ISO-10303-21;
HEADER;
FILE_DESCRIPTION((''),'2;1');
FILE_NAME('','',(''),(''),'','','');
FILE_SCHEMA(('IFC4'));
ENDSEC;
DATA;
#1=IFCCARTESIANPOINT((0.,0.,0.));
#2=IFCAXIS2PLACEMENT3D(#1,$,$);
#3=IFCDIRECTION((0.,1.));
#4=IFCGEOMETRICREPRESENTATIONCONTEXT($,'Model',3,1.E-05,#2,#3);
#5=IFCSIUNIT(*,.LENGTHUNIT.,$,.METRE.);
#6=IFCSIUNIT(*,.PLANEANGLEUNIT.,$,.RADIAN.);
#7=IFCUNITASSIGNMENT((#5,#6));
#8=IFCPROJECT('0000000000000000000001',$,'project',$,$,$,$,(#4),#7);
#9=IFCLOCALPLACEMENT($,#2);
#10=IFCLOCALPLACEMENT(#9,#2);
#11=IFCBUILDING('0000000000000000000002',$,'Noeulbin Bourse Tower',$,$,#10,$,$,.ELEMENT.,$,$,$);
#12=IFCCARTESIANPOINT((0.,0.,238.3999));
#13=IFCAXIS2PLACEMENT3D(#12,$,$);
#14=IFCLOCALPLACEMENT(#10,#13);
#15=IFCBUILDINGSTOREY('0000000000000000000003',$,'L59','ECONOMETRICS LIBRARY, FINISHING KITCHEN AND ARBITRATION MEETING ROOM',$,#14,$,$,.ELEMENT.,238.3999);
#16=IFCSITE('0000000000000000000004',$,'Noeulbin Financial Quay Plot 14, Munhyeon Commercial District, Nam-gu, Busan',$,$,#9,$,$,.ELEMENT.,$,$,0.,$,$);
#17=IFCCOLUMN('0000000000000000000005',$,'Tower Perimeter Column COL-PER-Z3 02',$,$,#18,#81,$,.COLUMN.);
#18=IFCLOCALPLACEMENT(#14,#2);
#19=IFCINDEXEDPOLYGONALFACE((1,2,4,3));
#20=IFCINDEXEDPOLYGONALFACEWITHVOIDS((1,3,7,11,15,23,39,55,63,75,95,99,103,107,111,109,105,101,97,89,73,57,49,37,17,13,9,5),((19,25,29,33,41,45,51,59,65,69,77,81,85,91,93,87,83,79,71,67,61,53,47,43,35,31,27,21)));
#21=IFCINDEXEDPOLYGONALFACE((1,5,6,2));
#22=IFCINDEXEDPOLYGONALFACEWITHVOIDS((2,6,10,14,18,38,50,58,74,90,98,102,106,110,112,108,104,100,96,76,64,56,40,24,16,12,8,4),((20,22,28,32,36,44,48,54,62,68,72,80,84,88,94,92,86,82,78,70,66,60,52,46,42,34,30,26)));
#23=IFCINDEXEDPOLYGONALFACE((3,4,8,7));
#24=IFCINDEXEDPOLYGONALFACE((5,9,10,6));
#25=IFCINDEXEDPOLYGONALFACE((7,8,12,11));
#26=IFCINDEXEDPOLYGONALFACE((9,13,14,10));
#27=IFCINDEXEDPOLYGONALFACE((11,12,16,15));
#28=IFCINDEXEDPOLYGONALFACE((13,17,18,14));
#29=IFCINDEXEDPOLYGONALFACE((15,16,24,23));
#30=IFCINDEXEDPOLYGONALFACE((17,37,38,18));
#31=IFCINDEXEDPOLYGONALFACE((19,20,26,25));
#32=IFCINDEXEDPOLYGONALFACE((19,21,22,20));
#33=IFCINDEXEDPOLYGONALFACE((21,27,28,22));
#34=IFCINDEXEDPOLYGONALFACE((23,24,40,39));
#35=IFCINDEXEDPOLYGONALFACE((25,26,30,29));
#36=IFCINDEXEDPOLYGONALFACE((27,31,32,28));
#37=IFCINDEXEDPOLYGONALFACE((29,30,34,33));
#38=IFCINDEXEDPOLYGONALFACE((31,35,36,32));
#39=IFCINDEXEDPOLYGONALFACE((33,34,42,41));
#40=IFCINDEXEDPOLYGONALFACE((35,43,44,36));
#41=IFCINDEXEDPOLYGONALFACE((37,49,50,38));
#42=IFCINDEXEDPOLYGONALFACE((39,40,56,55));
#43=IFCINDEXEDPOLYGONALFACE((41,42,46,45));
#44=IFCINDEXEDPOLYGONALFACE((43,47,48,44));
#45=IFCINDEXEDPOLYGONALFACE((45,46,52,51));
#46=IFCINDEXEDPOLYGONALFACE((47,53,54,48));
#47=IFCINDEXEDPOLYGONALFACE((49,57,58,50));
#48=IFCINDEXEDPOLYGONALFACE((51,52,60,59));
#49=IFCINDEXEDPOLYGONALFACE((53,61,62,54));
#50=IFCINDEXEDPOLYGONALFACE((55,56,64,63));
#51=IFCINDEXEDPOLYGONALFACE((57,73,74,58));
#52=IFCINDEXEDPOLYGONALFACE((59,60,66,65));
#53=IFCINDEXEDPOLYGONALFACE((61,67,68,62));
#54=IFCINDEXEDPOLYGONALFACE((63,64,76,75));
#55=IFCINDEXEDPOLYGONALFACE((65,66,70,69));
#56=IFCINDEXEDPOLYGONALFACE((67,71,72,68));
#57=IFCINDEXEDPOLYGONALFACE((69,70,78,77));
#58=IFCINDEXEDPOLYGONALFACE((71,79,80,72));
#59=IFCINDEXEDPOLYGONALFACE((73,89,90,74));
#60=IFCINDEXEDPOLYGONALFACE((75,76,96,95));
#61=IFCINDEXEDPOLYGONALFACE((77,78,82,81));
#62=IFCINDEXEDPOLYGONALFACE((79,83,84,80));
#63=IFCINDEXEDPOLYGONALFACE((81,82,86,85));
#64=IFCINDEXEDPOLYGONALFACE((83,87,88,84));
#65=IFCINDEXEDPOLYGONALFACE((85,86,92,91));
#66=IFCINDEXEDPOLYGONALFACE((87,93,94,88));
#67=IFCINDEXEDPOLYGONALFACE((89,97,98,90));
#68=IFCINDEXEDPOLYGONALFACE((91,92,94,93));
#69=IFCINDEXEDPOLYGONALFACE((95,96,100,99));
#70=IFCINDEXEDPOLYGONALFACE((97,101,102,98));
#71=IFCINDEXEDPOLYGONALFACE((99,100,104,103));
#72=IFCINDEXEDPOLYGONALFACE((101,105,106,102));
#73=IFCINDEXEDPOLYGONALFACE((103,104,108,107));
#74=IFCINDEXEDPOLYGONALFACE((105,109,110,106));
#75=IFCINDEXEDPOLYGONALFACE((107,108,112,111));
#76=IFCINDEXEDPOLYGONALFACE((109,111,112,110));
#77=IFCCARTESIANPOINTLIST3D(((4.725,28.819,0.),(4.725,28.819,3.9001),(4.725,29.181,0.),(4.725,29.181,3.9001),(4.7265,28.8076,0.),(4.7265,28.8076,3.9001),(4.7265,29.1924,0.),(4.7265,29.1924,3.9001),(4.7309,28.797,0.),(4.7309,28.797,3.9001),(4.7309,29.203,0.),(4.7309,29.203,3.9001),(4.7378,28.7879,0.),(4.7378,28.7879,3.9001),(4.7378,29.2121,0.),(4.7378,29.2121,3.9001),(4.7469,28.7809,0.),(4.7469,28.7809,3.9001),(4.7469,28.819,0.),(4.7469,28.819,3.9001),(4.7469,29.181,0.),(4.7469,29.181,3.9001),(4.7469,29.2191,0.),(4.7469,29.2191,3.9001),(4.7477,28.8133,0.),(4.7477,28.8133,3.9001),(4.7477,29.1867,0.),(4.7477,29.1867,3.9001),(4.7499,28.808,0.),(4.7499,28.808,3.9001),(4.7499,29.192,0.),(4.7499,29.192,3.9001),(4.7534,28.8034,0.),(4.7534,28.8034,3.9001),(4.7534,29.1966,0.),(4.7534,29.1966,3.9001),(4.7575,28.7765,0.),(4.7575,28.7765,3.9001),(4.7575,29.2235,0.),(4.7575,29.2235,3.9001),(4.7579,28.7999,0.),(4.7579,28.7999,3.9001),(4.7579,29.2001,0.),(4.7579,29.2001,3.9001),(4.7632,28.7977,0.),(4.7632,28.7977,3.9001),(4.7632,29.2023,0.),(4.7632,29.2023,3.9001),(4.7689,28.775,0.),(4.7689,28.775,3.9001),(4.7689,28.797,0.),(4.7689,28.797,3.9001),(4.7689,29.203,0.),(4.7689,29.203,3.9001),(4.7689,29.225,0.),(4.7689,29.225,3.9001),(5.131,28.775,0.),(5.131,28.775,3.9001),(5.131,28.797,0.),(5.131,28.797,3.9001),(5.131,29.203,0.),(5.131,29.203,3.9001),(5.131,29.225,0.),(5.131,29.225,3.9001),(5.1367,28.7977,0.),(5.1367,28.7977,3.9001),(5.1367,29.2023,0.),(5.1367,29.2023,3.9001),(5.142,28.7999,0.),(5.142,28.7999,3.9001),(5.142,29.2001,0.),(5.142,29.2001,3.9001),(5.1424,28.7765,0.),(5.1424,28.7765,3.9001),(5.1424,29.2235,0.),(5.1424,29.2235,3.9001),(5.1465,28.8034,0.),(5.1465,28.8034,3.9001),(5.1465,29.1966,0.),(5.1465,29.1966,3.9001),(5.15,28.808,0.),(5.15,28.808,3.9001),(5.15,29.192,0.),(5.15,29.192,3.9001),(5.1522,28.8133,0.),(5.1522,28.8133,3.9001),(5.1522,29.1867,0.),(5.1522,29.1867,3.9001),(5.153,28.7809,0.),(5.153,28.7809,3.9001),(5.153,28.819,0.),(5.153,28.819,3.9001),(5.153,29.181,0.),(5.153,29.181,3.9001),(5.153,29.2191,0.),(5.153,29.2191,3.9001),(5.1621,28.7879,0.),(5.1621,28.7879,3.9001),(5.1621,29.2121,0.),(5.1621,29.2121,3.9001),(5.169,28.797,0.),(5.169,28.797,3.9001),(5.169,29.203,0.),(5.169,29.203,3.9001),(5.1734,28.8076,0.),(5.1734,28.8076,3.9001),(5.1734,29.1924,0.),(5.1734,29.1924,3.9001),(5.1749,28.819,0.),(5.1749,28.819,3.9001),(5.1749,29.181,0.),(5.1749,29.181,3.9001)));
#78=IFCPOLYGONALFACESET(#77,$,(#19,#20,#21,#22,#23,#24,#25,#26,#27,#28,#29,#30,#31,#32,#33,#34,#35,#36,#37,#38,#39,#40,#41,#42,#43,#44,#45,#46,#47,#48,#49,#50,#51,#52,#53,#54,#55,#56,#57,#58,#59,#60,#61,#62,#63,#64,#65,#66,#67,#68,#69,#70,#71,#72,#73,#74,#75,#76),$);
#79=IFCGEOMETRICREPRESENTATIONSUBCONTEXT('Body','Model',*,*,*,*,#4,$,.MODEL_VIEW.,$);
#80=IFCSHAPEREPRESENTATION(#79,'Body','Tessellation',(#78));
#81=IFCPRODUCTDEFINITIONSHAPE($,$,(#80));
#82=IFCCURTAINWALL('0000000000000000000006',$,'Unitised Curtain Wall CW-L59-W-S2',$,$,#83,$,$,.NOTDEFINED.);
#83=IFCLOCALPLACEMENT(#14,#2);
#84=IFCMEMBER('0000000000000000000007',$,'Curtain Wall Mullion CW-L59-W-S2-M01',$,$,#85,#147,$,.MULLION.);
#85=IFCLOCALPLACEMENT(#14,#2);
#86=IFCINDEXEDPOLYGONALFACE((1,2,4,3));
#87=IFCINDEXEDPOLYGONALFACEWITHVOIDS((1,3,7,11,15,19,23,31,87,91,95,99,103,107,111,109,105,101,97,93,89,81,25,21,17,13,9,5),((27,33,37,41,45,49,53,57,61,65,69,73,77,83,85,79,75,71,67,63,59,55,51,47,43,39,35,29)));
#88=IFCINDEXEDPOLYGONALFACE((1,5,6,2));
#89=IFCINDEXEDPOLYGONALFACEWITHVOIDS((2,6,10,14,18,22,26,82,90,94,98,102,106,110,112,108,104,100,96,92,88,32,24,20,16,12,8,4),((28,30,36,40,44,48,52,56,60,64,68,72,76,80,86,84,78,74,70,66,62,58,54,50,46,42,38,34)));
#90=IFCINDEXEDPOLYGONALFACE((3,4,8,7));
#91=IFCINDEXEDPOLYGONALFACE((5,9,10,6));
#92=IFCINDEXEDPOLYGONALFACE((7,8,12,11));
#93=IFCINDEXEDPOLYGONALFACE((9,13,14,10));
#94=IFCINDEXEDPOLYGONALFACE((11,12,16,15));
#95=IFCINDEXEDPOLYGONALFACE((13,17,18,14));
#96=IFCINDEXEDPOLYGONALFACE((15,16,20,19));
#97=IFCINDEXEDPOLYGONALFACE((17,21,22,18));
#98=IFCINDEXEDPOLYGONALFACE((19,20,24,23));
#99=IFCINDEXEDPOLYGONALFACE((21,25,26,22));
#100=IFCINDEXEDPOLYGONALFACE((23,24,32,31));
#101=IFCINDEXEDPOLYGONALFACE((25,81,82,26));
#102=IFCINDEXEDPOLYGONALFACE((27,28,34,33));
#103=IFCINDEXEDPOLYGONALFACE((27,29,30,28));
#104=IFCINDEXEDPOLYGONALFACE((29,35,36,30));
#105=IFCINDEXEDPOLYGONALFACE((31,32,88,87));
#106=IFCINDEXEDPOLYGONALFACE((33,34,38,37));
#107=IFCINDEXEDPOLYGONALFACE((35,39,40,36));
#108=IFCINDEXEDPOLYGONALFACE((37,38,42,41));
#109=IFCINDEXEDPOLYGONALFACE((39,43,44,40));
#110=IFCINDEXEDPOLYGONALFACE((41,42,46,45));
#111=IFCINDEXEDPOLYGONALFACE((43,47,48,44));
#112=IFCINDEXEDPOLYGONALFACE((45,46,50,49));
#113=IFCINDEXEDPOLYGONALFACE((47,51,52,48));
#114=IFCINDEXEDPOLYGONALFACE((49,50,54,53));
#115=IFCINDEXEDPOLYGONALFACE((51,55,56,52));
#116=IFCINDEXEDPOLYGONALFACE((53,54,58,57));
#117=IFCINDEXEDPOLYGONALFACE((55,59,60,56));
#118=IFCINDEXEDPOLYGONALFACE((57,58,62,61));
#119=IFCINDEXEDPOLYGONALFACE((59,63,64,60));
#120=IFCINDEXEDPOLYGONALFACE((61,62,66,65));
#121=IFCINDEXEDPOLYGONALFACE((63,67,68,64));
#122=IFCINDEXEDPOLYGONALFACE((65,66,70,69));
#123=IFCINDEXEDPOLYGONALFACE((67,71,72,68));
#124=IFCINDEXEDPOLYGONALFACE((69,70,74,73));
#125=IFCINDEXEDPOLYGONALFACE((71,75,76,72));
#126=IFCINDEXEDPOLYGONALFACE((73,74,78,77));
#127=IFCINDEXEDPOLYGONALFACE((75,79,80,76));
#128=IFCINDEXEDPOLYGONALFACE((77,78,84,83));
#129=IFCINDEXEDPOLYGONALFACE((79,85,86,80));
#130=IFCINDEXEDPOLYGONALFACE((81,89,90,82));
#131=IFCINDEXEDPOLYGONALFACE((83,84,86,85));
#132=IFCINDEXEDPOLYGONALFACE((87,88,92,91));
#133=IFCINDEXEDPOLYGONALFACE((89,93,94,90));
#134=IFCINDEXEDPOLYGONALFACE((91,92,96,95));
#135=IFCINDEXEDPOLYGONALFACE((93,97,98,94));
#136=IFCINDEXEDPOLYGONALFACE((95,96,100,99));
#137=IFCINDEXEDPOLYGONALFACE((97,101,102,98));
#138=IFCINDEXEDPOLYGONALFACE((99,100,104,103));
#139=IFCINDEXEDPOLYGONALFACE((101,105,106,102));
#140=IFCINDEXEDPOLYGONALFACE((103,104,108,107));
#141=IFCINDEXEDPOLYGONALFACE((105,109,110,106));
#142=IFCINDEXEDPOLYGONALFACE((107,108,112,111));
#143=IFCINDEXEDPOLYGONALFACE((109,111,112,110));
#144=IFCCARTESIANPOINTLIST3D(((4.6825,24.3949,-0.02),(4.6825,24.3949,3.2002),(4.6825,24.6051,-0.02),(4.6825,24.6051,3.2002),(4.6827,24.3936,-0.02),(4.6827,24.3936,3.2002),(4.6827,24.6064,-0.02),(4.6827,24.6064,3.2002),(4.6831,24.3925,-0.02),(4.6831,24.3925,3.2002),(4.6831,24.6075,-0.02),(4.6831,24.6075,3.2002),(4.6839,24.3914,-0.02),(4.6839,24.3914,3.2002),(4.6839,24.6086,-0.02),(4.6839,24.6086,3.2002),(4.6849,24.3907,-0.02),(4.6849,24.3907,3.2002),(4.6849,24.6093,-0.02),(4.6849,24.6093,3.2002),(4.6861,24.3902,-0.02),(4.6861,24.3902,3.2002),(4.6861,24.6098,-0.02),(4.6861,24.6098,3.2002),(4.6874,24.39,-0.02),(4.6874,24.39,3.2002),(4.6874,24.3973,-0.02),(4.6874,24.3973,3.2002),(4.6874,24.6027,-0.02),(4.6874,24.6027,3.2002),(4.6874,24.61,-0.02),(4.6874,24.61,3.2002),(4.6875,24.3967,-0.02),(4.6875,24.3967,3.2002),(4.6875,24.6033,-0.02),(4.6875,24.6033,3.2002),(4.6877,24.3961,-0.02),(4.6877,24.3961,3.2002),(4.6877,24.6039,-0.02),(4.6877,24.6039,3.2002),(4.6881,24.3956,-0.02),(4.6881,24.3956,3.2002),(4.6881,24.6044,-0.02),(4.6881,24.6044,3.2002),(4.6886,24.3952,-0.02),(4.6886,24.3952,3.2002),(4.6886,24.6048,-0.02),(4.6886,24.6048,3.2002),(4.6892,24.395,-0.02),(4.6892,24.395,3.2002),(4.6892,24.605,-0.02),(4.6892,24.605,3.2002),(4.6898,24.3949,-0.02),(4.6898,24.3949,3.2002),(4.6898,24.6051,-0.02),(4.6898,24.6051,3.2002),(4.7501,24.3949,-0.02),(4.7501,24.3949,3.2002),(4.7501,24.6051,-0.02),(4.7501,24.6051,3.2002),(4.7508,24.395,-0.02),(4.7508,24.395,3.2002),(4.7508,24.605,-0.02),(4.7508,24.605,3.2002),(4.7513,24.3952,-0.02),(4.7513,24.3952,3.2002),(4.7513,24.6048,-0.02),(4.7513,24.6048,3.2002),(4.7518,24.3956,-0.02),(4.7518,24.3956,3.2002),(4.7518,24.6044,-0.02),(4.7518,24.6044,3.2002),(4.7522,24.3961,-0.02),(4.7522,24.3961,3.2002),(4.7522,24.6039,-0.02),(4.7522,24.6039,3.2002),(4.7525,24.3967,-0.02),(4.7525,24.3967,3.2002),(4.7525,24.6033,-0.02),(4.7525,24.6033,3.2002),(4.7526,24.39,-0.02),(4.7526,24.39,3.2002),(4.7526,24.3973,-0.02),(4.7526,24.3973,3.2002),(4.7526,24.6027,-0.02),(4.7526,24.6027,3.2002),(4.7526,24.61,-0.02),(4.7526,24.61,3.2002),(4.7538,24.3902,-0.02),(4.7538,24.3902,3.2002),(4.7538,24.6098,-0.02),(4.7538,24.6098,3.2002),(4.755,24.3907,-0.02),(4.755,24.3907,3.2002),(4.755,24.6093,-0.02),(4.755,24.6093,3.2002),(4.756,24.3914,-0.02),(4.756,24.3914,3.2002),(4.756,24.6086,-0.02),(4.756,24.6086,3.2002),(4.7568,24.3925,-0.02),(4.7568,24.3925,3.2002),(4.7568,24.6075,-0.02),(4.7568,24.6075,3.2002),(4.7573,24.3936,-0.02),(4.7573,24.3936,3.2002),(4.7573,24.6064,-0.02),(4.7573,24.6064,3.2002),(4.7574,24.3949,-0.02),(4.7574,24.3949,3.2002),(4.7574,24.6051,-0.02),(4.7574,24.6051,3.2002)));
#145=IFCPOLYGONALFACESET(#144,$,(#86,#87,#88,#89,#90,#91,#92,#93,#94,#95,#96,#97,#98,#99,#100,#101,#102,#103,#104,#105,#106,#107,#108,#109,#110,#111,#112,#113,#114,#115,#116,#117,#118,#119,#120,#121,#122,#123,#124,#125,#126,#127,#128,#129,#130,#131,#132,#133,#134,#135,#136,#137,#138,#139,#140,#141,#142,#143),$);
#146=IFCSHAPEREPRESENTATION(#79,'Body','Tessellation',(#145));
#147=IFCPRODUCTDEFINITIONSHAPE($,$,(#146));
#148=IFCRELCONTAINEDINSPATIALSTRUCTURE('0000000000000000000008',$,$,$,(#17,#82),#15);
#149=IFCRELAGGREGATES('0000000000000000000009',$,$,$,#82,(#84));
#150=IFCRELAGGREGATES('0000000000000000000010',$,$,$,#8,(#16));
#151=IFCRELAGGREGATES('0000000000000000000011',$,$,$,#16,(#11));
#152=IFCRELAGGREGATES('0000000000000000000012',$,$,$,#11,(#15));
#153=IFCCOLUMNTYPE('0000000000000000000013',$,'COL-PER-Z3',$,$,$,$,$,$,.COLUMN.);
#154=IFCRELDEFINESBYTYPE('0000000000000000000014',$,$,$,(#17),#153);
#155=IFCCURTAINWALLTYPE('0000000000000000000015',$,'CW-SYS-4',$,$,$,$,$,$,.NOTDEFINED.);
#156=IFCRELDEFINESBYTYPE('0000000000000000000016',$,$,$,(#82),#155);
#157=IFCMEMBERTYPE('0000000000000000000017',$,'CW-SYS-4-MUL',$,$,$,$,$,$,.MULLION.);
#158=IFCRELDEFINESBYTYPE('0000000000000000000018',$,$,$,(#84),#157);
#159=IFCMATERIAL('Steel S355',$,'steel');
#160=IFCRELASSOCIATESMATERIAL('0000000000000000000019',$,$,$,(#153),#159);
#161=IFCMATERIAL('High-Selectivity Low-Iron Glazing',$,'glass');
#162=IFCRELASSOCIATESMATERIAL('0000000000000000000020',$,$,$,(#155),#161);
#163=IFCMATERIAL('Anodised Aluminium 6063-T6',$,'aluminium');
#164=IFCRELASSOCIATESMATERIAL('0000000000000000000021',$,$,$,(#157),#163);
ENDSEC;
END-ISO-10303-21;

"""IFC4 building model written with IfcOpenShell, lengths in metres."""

from ifc_helpers import new_model, si_unit, direction, frame, origin, origin_2d, place, context, subcontext, project, spatial, hollow_rectangle, extrude, material, material_profile, profile_set, type_object, element, aggregate, save


model = new_model("IFC4")

# Units and contexts
model_context = context("Model", 3, precision=1e-05, world=origin(), true_north=direction((0.0, 1.0)))
body_context = subcontext(model_context, "Body", "Model", "MODEL_VIEW")
ifc_project = project(units=[si_unit("LENGTHUNIT", "METRE"), si_unit("PLANEANGLEUNIT", "RADIAN")], contexts=[model_context])

# Site, building, storey
site_placement = place(None, origin())
site = spatial("IfcSite", under=ifc_project, at=site_placement, Name="Noeulbin Financial Quay Plot 14, Munhyeon Commercial District, Nam-gu, Busan", CompositionType="ELEMENT", RefElevation=0.0)
building_placement = place(site_placement, origin())
building = spatial("IfcBuilding", under=site, at=building_placement, Name="Noeulbin Bourse Tower", CompositionType="ELEMENT")
storey_placement = place(building_placement, frame((0.0, 0.0, 238.3999)))
storey = spatial("IfcBuildingStorey", under=building, at=storey_placement, Name="L59", Description="ECONOMETRICS LIBRARY, FINISHING KITCHEN AND ARBITRATION MEETING ROOM", CompositionType="ELEMENT", Elevation=238.3999)

# Column
ifc_material_1 = material(Name="Steel S355", Category="steel")
ifc_material_profile_1 = material_profile(ifc_material_1, hollow_rectangle(XDim=0.45, YDim=0.45, WallThickness=0.022, InnerFilletRadius=0.022, OuterFilletRadius=0.0439, at=origin_2d()), Name="SHS-450x450x22", Category="LoadBearing")
ifc_profile_set_1 = profile_set([ifc_material_profile_1], Name="Steel S355")
column_type = type_object("IfcColumnType", Name="COL-PER-Z3", PredefinedType="COLUMN", material=ifc_profile_set_1)
column_placement = place(storey_placement, frame((4.95, 29.0, 0.0), z_axis=(0.0, 0.0, 1.0), x_axis=(1.0, 0.0, 0.0)))
element("IfcColumn", 1, at=column_placement, inside=storey, type_object=column_type, Name="Tower Perimeter Column COL-PER-Z3 02", PredefinedType="COLUMN", context=body_context, shape_type="SweptSolid", body=[
    extrude(hollow_rectangle(XDim=0.45, YDim=0.45, WallThickness=0.022, InnerFilletRadius=0.022, OuterFilletRadius=0.0439, at=origin_2d()), origin(), (0.0, 0.0, 1.0), 3.9001),
])

# Curtain wall, member
ifc_material_2 = material(Name="High-Selectivity Low-Iron Glazing", Category="glass")
curtain_wall_type = type_object("IfcCurtainWallType", Name="CW-SYS-4", PredefinedType="NOTDEFINED", material=ifc_material_2)
curtain_wall_1_placement = place(storey_placement, origin())
curtain_wall_1 = element("IfcCurtainWall", 2, at=curtain_wall_1_placement, inside=storey, type_object=curtain_wall_type, Name="Unitised Curtain Wall CW-L59-W-S2", PredefinedType="NOTDEFINED")
ifc_material_3 = material(Name="Anodised Aluminium 6063-T6", Category="aluminium")
ifc_material_profile_2 = material_profile(ifc_material_3, hollow_rectangle(XDim=0.075, YDim=0.22, WallThickness=0.0049, InnerFilletRadius=0.0024, OuterFilletRadius=0.0049, at=origin_2d()), Name="ALU-MULL-75x220x5", Category="LoadBearing")
ifc_profile_set_2 = profile_set([ifc_material_profile_2], Name="Anodised Aluminium 6063-T6")
member_type_1 = type_object("IfcMemberType", Name="CW-SYS-4-MUL", PredefinedType="MULLION", material=ifc_profile_set_2)
member_1_placement = place(storey_placement, frame((4.72, 24.5, -0.02), z_axis=(0.0, 0.0, 1.0), x_axis=(1.0, 0.0, 0.0)))
member_1 = element("IfcMember", 3, at=member_1_placement, type_object=member_type_1, Name="Curtain Wall Mullion CW-L59-W-S2-M01", PredefinedType="MULLION", context=body_context, shape_type="SweptSolid", body=[
    extrude(hollow_rectangle(XDim=0.075, YDim=0.22, WallThickness=0.0049, InnerFilletRadius=0.0024, OuterFilletRadius=0.0049, at=origin_2d()), origin(), (0.0, 0.0, 1.0), 3.2202),
])

aggregate(curtain_wall_1, [member_1])

save(model, "model.ifc")
